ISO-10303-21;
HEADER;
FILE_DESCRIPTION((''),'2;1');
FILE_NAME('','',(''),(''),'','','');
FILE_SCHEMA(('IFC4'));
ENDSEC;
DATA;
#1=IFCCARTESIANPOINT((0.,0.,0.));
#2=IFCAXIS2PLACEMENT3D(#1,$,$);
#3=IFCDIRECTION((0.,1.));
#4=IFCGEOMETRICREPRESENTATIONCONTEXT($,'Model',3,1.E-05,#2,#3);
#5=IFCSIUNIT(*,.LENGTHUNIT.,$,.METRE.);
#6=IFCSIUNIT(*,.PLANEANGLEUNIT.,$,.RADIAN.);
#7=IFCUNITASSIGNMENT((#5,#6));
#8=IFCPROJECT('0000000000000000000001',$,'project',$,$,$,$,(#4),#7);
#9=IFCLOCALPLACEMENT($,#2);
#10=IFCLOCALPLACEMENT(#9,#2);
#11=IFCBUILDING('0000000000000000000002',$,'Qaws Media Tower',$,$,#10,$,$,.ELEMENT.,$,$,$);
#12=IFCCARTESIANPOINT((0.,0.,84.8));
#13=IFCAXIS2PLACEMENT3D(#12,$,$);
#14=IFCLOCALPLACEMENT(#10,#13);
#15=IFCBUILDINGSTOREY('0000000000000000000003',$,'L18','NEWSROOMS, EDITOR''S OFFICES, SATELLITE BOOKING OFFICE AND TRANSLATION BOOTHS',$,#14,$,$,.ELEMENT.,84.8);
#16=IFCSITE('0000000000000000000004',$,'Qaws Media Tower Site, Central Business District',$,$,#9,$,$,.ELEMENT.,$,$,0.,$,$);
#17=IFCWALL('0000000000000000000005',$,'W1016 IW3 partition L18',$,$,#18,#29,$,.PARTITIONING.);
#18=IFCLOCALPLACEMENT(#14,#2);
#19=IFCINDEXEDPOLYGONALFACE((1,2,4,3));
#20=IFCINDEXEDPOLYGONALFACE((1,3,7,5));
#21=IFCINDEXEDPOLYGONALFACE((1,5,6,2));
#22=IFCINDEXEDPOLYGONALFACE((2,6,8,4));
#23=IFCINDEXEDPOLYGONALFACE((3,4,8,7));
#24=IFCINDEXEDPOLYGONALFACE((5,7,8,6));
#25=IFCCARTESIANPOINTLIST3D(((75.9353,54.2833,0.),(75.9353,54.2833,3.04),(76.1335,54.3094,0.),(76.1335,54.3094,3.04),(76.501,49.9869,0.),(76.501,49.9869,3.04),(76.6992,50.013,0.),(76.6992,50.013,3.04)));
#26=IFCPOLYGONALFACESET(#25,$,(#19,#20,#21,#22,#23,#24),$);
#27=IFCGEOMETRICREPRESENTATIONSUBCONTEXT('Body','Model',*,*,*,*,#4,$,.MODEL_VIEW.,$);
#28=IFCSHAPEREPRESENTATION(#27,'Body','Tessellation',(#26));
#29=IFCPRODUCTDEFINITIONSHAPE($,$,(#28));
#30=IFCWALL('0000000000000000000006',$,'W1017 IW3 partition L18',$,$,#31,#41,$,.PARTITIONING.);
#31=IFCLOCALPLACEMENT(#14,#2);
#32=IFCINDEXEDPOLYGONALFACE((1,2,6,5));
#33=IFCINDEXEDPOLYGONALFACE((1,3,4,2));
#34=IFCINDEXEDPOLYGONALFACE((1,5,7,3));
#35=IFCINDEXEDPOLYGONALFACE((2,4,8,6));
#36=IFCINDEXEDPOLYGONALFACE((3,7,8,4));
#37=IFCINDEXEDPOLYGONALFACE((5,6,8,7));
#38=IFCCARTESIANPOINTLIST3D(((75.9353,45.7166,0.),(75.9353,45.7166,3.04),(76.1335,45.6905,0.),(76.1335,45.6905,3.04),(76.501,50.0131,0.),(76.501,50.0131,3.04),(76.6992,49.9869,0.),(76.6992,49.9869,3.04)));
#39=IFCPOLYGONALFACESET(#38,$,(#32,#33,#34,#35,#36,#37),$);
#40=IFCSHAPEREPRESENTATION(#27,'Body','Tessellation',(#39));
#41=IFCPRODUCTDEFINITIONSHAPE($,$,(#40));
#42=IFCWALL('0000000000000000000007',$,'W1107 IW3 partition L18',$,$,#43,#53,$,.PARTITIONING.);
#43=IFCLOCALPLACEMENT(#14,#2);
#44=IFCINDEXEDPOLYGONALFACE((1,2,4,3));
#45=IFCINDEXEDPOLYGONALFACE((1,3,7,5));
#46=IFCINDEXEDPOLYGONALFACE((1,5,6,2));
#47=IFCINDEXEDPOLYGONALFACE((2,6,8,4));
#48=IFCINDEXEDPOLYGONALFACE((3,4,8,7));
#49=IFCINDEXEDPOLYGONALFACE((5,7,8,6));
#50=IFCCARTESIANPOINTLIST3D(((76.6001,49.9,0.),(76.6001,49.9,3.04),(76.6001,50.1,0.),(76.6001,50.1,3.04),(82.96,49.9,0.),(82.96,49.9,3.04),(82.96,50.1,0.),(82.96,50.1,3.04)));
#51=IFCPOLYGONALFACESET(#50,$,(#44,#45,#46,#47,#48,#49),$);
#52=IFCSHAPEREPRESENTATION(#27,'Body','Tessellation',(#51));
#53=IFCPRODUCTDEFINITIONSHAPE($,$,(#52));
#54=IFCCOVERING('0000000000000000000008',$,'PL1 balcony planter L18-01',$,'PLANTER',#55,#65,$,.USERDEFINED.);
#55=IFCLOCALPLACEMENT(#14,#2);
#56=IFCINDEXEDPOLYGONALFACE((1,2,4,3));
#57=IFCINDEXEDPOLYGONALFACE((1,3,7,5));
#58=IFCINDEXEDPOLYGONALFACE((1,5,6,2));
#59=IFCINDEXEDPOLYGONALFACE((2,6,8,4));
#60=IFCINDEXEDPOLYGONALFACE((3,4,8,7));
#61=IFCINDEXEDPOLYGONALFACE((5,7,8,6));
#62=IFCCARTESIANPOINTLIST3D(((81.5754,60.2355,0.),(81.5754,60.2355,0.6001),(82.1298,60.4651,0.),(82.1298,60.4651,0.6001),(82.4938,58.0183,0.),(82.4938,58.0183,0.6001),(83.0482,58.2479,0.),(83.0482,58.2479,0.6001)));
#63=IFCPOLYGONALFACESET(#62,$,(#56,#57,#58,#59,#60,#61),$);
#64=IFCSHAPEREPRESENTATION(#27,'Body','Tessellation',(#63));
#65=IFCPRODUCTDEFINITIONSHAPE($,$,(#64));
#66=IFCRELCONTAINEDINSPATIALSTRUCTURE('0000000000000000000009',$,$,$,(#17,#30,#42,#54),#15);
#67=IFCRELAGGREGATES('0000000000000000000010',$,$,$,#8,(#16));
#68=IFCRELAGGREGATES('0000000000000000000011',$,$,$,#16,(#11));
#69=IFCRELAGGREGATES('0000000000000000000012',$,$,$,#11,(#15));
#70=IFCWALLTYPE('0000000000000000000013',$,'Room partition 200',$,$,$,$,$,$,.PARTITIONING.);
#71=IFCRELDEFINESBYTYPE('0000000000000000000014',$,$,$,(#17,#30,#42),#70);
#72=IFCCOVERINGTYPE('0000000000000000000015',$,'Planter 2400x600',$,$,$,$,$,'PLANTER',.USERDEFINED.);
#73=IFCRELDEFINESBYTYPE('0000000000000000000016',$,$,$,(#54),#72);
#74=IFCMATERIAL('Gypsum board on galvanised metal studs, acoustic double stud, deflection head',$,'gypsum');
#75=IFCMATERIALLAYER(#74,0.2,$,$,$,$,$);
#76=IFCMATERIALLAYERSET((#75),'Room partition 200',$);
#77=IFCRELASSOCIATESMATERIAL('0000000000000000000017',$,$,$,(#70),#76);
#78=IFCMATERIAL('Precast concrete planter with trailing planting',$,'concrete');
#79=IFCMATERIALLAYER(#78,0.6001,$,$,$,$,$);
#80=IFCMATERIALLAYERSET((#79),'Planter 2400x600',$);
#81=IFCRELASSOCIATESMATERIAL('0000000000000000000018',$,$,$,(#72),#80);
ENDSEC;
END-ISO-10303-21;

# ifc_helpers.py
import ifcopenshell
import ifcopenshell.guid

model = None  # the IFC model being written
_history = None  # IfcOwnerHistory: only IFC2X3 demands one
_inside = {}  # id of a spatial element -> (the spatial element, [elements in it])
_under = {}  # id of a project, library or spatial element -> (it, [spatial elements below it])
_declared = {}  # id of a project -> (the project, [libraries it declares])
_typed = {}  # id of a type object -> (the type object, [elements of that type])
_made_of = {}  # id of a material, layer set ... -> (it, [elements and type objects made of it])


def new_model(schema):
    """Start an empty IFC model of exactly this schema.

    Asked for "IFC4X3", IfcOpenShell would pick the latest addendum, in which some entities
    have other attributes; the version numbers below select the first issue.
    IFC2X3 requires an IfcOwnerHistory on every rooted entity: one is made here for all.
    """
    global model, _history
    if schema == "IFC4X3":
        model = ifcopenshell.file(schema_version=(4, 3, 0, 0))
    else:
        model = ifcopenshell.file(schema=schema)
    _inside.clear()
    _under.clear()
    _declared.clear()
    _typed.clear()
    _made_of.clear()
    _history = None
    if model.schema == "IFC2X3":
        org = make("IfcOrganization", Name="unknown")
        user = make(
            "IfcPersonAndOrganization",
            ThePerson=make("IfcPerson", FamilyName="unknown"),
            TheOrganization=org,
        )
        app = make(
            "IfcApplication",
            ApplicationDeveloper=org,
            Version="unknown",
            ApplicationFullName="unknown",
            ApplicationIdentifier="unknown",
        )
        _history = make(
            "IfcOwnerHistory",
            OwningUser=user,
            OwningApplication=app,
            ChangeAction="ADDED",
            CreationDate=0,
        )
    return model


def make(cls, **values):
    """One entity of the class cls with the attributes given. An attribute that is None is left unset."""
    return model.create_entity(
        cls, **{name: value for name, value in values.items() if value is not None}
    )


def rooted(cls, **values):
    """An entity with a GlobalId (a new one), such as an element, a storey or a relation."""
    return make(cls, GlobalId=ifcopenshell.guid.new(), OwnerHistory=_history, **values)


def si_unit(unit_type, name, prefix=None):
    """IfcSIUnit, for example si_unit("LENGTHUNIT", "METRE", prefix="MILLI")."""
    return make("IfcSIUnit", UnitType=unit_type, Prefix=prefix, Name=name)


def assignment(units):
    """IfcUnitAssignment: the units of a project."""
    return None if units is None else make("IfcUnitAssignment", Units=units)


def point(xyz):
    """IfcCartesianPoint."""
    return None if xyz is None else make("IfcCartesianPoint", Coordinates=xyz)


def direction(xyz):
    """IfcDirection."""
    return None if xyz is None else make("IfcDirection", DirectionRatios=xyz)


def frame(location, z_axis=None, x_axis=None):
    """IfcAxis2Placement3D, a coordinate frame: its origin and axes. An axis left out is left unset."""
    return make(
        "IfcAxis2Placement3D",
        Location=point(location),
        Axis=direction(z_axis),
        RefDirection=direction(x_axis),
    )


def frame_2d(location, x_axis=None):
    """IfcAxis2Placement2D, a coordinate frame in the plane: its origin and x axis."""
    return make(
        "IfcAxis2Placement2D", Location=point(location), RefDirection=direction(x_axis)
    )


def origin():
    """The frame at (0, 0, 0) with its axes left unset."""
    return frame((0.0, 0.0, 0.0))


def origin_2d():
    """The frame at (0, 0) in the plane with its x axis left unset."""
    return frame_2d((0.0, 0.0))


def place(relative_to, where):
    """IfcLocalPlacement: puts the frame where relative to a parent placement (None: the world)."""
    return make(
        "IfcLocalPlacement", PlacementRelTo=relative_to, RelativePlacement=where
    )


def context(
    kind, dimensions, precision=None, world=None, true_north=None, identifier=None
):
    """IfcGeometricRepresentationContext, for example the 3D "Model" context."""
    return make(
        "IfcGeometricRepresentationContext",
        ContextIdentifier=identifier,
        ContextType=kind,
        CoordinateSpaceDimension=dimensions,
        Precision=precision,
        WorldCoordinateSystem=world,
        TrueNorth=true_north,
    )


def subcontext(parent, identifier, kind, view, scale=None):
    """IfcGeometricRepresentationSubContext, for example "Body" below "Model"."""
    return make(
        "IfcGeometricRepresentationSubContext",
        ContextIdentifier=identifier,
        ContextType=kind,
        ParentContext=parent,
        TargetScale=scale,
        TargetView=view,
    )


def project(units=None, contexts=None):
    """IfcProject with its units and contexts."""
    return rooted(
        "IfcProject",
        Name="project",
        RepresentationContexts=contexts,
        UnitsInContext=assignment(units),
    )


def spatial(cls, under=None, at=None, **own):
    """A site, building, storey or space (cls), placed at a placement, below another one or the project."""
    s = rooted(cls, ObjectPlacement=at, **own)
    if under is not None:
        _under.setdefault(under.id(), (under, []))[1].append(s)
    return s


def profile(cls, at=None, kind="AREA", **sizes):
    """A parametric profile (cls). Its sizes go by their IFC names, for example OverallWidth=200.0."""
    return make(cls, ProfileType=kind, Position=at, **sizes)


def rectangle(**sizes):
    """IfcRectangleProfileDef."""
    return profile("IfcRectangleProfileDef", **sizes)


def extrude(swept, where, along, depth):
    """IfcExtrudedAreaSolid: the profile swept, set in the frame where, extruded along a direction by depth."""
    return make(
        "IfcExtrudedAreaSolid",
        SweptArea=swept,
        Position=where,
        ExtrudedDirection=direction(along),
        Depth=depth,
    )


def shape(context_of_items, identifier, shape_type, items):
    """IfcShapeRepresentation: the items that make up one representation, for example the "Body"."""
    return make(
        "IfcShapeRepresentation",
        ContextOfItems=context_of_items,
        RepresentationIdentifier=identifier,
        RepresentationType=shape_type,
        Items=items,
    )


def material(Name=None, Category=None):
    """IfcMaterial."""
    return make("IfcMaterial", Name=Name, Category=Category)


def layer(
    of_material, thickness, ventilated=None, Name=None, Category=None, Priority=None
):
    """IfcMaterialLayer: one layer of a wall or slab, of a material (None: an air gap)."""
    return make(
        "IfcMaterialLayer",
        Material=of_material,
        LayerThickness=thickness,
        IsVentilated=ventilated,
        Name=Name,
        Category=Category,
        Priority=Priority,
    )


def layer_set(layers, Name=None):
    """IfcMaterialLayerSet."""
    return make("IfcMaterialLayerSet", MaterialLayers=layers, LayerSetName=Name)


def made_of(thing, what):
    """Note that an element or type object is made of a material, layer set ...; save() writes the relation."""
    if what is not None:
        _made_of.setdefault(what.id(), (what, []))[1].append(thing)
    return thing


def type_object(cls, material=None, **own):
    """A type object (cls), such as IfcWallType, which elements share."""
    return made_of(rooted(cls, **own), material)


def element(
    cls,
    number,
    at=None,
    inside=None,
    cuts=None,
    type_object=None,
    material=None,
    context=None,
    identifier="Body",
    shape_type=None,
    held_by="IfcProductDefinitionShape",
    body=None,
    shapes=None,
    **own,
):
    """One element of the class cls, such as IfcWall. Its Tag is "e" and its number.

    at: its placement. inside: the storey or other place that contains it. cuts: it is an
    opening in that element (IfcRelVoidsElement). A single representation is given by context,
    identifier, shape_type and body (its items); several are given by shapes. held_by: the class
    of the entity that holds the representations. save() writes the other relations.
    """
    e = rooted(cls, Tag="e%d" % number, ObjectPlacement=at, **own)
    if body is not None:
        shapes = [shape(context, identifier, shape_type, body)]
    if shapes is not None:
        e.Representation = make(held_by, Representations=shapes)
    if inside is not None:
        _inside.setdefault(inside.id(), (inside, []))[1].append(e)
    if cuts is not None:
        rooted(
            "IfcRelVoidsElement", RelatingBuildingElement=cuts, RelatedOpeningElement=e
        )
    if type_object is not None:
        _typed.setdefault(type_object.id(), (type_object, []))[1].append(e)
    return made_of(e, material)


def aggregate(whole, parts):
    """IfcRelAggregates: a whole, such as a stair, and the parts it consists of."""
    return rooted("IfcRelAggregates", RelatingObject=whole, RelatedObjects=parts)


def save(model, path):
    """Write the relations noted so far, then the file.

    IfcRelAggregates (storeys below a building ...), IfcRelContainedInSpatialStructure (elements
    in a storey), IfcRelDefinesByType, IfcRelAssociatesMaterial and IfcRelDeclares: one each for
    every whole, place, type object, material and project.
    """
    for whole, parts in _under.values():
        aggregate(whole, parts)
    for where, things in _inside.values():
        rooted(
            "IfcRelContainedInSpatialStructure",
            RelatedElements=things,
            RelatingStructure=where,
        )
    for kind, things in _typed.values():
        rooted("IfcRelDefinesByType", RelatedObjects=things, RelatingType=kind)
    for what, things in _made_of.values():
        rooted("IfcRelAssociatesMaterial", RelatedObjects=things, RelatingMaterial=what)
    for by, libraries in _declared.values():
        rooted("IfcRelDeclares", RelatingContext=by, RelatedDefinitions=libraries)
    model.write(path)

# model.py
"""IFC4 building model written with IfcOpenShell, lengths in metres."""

from ifc_helpers import new_model, si_unit, direction, frame, frame_2d, origin, origin_2d, place, context, subcontext, project, spatial, rectangle, extrude, material, layer, layer_set, type_object, element, save


model = new_model("IFC4")

# Units and contexts
model_context = context("Model", 3, precision=1e-05, world=origin(), true_north=direction((0.0, 1.0)))
body_context = subcontext(model_context, "Body", "Model", "MODEL_VIEW")
ifc_project = project(units=[si_unit("LENGTHUNIT", "METRE"), si_unit("PLANEANGLEUNIT", "RADIAN")], contexts=[model_context])

# Site, building, storey
site_placement = place(None, origin())
site = spatial("IfcSite", under=ifc_project, at=site_placement, Name="Qaws Media Tower Site, Central Business District", CompositionType="ELEMENT", RefElevation=0.0)
building_placement = place(site_placement, origin())
building = spatial("IfcBuilding", under=site, at=building_placement, Name="Qaws Media Tower", CompositionType="ELEMENT")
storey_placement = place(building_placement, frame((0.0, 0.0, 84.8)))
storey = spatial("IfcBuildingStorey", under=building, at=storey_placement, Name="L18", Description="NEWSROOMS, EDITOR'S OFFICES, SATELLITE BOOKING OFFICE AND TRANSLATION BOOTHS", CompositionType="ELEMENT", Elevation=84.8)

# Walls
ifc_material_1 = material(Name="Gypsum board on galvanised metal studs, acoustic double stud, deflection head", Category="gypsum")
ifc_layer_1 = layer(ifc_material_1, 0.2)
ifc_layer_set_1 = layer_set([ifc_layer_1], Name="Room partition 200")
wall_type_1 = type_object("IfcWallType", Name="Room partition 200", PredefinedType="PARTITIONING", material=ifc_layer_set_1)
for number, where, z_axis, x_axis, name in (
    (1, (76.0344, 54.2964, 0.0), (0.0, 0.0, 1.0), (0.130536, -0.991444, 0.0), "W1016 IW3 partition L18"),
    (2, (76.6001, 50.0, 0.0), (0.0, 0.0, 1.0), (-0.130536, -0.991444, 0.0), "W1017 IW3 partition L18"),
):
    element("IfcWall", number, at=place(storey_placement, frame(where, z_axis=z_axis, x_axis=x_axis)), inside=storey, type_object=wall_type_1, Name=name, PredefinedType="PARTITIONING", context=body_context, shape_type="SweptSolid", body=[
        extrude(rectangle(XDim=4.3335, YDim=0.2, at=frame_2d((2.1667, 0.0))), origin(), (0.0, 0.0, 1.0), 3.04),
    ])
wall_1_placement = place(storey_placement, frame((76.6001, 50.0, 0.0), z_axis=(0.0, 0.0, 1.0), x_axis=(1.0, 0.0, 0.0)))
element("IfcWall", 3, at=wall_1_placement, inside=storey, type_object=wall_type_1, Name="W1107 IW3 partition L18", PredefinedType="PARTITIONING", context=body_context, shape_type="SweptSolid", body=[
    extrude(rectangle(XDim=6.3599, YDim=0.2, at=frame_2d((3.1799, 0.0))), origin(), (0.0, 0.0, 1.0), 3.04),
])

# Covering
ifc_material_2 = material(Name="Precast concrete planter with trailing planting", Category="concrete")
ifc_layer_2 = layer(ifc_material_2, 0.6001)
ifc_layer_set_2 = layer_set([ifc_layer_2], Name="Planter 2400x600")
covering_type = type_object("IfcCoveringType", Name="Planter 2400x600", ElementType="PLANTER", PredefinedType="USERDEFINED", material=ifc_layer_set_2)
covering_placement = place(storey_placement, frame((82.3118, 59.2417, 0.0), z_axis=(0.0, 0.0, 1.0), x_axis=(-0.382683, 0.92388, 0.0)))
element("IfcCovering", 4, at=covering_placement, inside=storey, type_object=covering_type, Name="PL1 balcony planter L18-01", ObjectType="PLANTER", PredefinedType="USERDEFINED", context=body_context, shape_type="SweptSolid", body=[
    extrude(rectangle(XDim=2.3999, YDim=0.6001, at=origin_2d()), origin(), (0.0, 0.0, 1.0), 0.6001),
])

save(model, "model.ifc")
